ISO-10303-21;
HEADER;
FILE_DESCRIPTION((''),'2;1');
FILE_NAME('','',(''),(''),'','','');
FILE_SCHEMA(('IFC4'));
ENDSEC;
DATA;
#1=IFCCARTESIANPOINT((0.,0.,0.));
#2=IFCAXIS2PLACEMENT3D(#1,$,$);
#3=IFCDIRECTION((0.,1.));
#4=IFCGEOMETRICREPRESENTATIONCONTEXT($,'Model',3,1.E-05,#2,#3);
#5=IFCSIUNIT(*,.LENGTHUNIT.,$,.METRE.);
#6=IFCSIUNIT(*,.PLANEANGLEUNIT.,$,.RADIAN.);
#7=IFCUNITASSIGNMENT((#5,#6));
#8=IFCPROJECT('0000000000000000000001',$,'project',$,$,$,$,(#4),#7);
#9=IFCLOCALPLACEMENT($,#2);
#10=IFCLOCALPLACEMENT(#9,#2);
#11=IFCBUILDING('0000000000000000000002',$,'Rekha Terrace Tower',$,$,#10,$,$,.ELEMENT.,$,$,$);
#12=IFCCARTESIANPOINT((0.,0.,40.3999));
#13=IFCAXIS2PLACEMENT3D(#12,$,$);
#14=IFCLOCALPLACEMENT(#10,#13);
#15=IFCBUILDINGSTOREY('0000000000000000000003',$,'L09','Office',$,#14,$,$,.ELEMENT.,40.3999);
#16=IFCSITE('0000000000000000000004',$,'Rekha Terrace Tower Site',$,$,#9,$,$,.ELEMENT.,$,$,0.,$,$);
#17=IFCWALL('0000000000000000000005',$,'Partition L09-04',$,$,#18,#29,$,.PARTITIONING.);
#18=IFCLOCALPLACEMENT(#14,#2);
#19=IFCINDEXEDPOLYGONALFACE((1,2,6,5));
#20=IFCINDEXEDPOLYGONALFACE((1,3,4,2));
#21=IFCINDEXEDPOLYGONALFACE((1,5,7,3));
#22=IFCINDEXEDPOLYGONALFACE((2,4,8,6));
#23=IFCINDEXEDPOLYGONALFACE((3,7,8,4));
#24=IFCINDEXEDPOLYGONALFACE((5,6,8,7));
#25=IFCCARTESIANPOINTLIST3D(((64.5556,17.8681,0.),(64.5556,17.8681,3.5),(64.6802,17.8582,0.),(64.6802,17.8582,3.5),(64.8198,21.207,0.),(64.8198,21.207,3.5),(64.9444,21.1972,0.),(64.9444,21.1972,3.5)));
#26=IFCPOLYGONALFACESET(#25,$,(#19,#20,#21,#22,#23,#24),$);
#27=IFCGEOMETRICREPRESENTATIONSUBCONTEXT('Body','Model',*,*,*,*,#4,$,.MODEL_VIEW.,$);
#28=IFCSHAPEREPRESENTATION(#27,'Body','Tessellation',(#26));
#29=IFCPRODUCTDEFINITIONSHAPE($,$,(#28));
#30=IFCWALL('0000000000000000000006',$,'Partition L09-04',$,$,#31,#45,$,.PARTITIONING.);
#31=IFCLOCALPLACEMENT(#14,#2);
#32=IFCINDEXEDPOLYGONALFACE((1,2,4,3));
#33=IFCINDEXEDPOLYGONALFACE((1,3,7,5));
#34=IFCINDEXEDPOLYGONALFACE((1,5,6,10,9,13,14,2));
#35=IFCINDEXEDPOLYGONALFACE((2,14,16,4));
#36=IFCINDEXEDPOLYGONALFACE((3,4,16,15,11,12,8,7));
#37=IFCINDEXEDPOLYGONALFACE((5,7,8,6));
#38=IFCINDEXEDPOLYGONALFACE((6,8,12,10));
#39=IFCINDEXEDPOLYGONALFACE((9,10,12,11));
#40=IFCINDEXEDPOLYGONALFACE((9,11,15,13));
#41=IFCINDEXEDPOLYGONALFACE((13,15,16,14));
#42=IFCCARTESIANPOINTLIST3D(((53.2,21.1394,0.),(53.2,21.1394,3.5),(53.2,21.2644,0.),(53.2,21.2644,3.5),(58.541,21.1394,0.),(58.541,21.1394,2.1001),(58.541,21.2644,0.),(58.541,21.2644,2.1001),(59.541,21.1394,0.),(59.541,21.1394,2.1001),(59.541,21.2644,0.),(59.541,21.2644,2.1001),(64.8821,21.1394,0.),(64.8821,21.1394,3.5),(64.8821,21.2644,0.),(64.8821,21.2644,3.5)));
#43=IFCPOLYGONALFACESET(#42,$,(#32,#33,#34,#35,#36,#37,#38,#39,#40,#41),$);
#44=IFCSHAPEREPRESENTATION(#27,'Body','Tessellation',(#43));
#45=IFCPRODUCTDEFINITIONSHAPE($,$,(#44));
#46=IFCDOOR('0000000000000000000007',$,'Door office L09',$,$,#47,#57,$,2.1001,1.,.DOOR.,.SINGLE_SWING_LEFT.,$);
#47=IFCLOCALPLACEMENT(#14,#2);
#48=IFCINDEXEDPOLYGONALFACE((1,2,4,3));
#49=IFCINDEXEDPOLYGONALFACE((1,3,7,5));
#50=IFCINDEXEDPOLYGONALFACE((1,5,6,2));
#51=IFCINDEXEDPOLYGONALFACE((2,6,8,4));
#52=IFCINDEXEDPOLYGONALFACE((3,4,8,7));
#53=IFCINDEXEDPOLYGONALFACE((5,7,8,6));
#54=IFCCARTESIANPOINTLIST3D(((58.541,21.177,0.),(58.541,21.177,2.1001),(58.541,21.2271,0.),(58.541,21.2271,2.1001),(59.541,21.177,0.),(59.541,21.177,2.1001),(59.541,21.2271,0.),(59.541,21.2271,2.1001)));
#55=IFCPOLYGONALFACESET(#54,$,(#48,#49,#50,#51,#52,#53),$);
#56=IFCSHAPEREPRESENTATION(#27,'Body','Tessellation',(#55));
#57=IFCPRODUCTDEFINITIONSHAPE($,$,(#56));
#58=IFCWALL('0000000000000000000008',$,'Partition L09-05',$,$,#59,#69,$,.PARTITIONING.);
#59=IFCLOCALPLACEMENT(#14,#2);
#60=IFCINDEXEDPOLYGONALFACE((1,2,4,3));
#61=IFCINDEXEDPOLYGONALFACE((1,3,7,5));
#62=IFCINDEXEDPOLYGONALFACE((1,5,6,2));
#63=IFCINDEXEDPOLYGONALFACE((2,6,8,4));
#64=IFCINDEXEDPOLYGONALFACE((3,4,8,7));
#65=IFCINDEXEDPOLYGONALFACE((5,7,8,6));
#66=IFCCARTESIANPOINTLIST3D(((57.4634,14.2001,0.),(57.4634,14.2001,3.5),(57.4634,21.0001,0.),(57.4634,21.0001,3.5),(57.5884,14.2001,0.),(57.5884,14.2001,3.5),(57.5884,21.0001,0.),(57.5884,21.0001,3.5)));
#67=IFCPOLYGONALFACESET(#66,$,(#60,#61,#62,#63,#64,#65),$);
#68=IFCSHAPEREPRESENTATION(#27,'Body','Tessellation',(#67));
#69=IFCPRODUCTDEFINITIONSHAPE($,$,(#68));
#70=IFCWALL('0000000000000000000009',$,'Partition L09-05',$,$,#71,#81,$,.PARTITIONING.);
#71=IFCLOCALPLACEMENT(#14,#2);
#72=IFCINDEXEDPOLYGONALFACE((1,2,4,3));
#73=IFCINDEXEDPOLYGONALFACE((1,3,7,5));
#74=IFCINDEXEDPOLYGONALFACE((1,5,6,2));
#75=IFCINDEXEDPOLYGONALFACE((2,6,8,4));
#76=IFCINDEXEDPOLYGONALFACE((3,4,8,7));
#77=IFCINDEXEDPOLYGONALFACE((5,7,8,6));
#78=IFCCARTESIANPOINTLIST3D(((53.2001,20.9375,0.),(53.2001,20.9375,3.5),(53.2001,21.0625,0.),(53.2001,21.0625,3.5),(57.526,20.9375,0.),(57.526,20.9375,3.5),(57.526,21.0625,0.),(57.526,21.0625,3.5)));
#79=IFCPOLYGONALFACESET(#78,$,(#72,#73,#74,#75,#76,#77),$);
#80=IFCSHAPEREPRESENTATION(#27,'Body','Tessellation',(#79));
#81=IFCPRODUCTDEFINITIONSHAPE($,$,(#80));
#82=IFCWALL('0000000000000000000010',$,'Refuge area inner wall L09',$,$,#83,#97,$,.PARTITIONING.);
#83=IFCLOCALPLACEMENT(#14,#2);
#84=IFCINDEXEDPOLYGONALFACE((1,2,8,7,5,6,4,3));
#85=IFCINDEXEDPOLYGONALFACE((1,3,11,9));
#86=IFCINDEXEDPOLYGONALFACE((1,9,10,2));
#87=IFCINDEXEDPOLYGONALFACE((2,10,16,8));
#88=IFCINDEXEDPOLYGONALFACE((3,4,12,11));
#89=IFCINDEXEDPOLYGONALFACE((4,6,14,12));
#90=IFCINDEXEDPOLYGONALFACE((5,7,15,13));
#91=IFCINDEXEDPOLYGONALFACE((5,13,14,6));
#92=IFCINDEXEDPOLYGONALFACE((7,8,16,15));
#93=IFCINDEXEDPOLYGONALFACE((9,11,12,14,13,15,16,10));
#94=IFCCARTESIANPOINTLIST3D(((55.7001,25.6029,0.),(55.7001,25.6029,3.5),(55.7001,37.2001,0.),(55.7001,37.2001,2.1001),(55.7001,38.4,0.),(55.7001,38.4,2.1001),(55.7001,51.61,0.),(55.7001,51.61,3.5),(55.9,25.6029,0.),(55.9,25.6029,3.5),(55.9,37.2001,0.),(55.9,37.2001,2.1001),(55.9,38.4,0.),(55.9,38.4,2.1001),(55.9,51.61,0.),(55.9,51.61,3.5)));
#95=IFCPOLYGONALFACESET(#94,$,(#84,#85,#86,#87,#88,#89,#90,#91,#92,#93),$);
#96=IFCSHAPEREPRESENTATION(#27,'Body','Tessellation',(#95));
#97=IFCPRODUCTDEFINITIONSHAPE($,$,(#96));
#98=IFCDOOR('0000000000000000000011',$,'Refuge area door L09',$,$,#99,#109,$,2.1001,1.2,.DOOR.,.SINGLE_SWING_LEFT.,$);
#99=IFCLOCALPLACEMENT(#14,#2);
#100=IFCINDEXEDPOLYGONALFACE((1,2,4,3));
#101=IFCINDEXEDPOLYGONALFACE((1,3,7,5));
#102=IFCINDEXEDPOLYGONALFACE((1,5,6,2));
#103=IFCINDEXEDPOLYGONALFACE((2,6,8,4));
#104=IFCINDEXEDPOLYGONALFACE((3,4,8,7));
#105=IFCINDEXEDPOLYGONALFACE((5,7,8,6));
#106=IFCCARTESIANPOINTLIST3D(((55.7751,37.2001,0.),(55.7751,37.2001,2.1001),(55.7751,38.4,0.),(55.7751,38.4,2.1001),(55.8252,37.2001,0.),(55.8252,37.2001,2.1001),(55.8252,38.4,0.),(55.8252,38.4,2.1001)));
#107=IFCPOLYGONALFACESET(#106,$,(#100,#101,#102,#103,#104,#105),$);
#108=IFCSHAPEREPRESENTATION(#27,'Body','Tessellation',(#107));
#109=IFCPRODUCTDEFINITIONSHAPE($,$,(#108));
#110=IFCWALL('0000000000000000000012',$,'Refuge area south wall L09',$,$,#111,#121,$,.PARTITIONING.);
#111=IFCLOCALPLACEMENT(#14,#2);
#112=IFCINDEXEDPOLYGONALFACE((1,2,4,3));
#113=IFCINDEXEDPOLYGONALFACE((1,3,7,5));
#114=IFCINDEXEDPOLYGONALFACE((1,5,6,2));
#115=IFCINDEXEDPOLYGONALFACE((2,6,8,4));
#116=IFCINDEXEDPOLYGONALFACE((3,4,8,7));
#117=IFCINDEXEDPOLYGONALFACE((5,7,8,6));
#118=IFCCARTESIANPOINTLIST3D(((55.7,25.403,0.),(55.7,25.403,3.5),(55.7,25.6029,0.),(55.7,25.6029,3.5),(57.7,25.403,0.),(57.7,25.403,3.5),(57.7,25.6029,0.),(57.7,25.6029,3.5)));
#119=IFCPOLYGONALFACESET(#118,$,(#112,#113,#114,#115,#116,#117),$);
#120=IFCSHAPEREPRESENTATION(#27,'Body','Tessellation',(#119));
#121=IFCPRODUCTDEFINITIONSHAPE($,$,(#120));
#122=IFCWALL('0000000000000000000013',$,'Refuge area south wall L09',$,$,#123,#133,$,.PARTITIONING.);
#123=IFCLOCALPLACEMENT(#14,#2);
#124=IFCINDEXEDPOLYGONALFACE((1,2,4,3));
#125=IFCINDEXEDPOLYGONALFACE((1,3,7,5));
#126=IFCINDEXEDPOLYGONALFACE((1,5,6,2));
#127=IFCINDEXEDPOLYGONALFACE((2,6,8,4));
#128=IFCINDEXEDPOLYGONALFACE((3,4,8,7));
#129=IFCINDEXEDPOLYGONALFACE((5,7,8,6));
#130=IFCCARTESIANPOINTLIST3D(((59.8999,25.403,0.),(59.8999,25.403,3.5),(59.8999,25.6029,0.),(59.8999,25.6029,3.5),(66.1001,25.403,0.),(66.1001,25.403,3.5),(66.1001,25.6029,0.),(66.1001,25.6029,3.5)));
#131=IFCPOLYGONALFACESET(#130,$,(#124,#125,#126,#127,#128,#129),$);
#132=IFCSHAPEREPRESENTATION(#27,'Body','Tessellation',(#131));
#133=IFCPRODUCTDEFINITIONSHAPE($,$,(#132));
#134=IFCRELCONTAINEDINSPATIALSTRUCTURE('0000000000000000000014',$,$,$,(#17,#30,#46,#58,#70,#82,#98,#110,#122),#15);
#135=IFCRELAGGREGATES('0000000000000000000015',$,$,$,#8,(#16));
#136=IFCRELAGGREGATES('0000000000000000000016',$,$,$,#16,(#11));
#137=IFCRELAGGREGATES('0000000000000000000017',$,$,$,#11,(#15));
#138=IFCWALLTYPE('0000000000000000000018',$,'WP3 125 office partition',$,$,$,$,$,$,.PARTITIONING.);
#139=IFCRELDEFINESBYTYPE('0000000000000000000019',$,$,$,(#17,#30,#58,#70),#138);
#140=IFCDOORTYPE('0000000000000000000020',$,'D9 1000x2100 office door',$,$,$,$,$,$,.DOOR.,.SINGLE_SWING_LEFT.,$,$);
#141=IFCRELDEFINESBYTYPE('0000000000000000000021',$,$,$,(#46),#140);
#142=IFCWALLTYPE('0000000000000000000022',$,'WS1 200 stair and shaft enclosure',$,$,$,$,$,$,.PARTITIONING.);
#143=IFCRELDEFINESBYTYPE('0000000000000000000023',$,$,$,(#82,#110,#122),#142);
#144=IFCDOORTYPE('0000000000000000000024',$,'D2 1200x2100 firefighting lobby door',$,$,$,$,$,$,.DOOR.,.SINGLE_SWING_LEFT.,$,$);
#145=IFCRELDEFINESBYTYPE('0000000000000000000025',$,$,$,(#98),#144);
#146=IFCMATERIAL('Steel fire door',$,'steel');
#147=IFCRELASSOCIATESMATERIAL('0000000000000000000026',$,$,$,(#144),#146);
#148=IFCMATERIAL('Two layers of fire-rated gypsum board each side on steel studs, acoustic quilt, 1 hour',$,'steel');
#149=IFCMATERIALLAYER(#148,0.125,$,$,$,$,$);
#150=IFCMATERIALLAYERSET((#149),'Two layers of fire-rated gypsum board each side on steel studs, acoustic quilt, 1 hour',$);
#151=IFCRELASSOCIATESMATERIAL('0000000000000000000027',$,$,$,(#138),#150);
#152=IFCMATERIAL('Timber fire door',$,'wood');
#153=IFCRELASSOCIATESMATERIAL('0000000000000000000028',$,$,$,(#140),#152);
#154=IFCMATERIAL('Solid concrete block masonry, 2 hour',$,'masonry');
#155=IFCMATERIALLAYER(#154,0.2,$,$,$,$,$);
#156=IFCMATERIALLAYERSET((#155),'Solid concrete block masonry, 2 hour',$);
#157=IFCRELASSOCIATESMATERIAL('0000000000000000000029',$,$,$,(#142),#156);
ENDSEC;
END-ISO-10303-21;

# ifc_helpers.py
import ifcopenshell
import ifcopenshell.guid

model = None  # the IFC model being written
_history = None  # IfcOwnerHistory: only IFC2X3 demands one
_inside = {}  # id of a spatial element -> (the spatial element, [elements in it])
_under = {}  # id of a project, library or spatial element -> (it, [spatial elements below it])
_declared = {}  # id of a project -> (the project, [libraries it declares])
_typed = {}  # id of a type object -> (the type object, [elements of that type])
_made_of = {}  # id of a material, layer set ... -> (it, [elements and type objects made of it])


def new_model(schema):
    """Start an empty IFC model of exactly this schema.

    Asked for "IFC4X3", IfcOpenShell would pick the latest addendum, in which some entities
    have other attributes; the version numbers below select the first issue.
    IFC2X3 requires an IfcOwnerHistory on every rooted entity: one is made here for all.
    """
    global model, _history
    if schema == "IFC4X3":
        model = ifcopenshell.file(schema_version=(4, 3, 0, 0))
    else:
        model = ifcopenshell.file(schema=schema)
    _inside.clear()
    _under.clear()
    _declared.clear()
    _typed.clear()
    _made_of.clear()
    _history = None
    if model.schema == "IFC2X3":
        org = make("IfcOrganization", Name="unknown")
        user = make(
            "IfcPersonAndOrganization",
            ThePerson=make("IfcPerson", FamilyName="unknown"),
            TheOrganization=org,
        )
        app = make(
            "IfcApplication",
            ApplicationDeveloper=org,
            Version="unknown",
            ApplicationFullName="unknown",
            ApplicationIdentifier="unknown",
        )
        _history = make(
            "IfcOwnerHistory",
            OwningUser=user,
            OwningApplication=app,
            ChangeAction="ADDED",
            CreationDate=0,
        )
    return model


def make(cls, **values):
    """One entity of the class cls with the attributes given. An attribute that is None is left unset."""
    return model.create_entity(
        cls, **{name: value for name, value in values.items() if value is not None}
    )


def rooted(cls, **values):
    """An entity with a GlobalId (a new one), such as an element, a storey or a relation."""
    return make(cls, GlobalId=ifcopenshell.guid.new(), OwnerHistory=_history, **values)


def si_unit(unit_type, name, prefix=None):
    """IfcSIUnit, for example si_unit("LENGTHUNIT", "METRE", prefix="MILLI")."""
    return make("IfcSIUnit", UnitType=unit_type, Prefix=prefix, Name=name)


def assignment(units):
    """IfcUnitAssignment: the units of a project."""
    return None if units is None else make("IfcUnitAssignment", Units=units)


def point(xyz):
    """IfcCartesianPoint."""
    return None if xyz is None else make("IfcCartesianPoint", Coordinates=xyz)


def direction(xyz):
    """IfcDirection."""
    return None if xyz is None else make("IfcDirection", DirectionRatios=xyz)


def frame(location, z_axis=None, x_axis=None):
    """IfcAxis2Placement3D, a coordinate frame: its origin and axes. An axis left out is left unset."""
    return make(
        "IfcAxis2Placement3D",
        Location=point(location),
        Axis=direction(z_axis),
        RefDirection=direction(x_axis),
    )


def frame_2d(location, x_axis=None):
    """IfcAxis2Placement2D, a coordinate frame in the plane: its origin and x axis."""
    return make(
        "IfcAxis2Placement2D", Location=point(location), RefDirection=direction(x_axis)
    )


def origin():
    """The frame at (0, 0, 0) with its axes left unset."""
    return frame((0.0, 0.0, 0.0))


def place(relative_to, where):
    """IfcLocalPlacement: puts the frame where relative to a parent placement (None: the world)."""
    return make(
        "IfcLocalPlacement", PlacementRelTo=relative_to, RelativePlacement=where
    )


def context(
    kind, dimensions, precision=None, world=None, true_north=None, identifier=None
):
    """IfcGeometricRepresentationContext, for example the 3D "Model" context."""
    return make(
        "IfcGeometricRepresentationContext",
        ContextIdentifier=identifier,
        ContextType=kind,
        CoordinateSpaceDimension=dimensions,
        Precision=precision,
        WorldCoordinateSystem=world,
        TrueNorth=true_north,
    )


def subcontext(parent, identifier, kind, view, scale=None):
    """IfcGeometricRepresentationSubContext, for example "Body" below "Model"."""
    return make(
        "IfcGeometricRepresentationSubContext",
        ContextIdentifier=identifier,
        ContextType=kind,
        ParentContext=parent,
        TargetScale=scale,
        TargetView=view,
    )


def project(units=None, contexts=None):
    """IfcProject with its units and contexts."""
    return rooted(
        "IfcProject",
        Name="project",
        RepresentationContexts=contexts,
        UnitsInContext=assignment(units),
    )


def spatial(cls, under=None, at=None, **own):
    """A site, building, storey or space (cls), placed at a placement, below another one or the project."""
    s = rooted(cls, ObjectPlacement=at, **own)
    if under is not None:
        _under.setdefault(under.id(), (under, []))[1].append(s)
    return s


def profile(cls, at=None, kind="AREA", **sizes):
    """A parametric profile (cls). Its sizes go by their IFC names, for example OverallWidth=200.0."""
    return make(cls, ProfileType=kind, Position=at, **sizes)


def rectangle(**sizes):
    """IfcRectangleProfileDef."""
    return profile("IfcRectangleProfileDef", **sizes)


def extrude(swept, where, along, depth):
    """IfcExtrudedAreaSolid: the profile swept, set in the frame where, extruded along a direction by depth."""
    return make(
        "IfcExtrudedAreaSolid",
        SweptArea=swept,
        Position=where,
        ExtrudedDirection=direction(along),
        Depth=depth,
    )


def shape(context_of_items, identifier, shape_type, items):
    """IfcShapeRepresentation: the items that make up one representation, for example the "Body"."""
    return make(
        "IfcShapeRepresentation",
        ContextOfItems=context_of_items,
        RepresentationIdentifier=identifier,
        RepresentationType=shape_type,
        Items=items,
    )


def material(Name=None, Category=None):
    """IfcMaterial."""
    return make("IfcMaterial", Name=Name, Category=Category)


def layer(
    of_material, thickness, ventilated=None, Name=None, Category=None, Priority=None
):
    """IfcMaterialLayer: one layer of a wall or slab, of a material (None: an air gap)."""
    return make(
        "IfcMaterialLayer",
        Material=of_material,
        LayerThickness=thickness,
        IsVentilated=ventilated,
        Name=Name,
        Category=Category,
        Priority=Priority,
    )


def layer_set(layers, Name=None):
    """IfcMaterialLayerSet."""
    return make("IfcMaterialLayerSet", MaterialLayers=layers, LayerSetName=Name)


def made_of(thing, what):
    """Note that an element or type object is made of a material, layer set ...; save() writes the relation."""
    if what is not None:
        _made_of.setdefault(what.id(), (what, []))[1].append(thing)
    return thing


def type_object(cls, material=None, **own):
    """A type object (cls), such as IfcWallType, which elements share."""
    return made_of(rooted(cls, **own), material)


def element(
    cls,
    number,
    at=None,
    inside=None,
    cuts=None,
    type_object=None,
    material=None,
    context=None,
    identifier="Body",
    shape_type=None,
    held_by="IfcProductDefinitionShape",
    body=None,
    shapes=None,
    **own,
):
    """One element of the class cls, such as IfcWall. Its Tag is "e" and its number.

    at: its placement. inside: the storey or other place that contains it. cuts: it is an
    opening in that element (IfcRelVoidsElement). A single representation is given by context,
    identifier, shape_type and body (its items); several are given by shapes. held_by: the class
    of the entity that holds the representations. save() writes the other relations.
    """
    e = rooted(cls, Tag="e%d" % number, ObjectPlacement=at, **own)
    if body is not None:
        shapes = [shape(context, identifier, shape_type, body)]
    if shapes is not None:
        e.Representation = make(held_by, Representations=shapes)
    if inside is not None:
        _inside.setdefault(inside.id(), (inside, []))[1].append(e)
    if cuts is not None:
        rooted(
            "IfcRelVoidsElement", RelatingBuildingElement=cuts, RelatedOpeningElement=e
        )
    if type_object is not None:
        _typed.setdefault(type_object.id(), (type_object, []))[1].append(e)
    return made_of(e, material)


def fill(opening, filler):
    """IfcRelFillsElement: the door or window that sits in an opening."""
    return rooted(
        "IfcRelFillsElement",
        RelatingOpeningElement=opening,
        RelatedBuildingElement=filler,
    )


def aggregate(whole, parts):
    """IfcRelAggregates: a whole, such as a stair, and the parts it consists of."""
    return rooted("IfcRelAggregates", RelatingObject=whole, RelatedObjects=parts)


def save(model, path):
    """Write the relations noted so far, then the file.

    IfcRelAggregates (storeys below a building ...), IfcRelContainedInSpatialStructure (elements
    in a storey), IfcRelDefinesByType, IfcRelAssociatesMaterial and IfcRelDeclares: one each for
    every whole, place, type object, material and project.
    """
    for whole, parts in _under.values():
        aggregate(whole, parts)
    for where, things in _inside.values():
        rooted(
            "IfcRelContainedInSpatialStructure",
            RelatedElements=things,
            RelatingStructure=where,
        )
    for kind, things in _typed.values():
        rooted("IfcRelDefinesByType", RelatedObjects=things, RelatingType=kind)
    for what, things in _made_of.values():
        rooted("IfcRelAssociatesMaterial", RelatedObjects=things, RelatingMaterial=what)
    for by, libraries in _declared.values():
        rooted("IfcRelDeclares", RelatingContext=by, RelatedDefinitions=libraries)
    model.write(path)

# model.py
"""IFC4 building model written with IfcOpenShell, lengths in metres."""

from ifc_helpers import new_model, si_unit, direction, frame, frame_2d, origin, place, context, subcontext, project, spatial, rectangle, extrude, material, layer, layer_set, type_object, element, fill, save


model = new_model("IFC4")

# Units and contexts
model_context = context("Model", 3, precision=1e-05, world=origin(), true_north=direction((0.0, 1.0)))
body_context = subcontext(model_context, "Body", "Model", "MODEL_VIEW")
ifc_project = project(units=[si_unit("LENGTHUNIT", "METRE"), si_unit("PLANEANGLEUNIT", "RADIAN")], contexts=[model_context])

# Site, building, storey
site_placement = place(None, origin())
site = spatial("IfcSite", under=ifc_project, at=site_placement, Name="Rekha Terrace Tower Site", CompositionType="ELEMENT", RefElevation=0.0)
building_placement = place(site_placement, origin())
building = spatial("IfcBuilding", under=site, at=building_placement, Name="Rekha Terrace Tower", CompositionType="ELEMENT")
storey_placement = place(building_placement, frame((0.0, 0.0, 40.3999)))
storey = spatial("IfcBuildingStorey", under=building, at=storey_placement, Name="L09", Description="Office", CompositionType="ELEMENT", Elevation=40.3999)

# Shared definitions
ifc_material_1 = material(Name="Steel fire door", Category="steel")
door_type_1 = type_object("IfcDoorType", Name="D2 1200x2100 firefighting lobby door", OperationType="SINGLE_SWING_LEFT", PredefinedType="DOOR", material=ifc_material_1)

# Wall
ifc_material_2 = material(Name="Two layers of fire-rated gypsum board each side on steel studs, acoustic quilt, 1 hour", Category="steel")
ifc_layer_1 = layer(ifc_material_2, 0.125)
ifc_layer_set_1 = layer_set([ifc_layer_1], Name="Two layers of fire-rated gypsum board each side on steel studs, acoustic quilt, 1 hour")
wall_type_1 = type_object("IfcWallType", Name="WP3 125 office partition", PredefinedType="PARTITIONING", material=ifc_layer_set_1)
wall_1_placement = place(storey_placement, frame((64.6179, 17.863, 0.0), z_axis=(0.0, 0.0, 1.0), x_axis=(0.07887, 0.996885, 0.0)))
element("IfcWall", 1, at=wall_1_placement, inside=storey, type_object=wall_type_1, Name="Partition L09-04", PredefinedType="PARTITIONING", context=body_context, shape_type="SweptSolid", body=[
    extrude(rectangle(XDim=3.3494, YDim=0.125, at=frame_2d((1.6748, 0.0))), origin(), (0.0, 0.0, 1.0), 3.5),
])

# Wall, opening, door
wall_2_placement = place(storey_placement, frame((64.8821, 21.2019, 0.0), z_axis=(0.0, 0.0, 1.0), x_axis=(-1.0, 0.0, 0.0)))
wall_2 = element("IfcWall", 2, at=wall_2_placement, inside=storey, type_object=wall_type_1, Name="Partition L09-04", PredefinedType="PARTITIONING", context=body_context, shape_type="SweptSolid", body=[
    extrude(rectangle(XDim=11.6821, YDim=0.125, at=frame_2d((5.8411, 0.0))), origin(), (0.0, 0.0, 1.0), 3.5),
])
opening_1_placement = place(wall_2_placement, frame((5.3411, 0.0, 0.0)))
opening_1 = element("IfcOpeningElement", 3, at=opening_1_placement, cuts=wall_2, PredefinedType="OPENING", context=body_context, shape_type="SweptSolid", body=[
    extrude(rectangle(XDim=1.0, YDim=2.1001, at=frame_2d((0.5, 1.05))), frame((0.0, 0.0725, 0.0), z_axis=(0.0, -1.0, 0.0), x_axis=(1.0, 0.0, 0.0)), (0.0, 0.0, 1.0), 0.145),
])
ifc_material_3 = material(Name="Timber fire door", Category="wood")
door_type_2 = type_object("IfcDoorType", Name="D9 1000x2100 office door", OperationType="SINGLE_SWING_LEFT", PredefinedType="DOOR", material=ifc_material_3)
door_1_placement = place(opening_1_placement, origin())
door_1 = element("IfcDoor", 4, at=door_1_placement, inside=storey, type_object=door_type_2, Name="Door office L09", OperationType="SINGLE_SWING_LEFT", OverallHeight=2.1001, OverallWidth=1.0, PredefinedType="DOOR", context=body_context, shape_type="SweptSolid", body=[
    extrude(rectangle(XDim=1.0, YDim=2.1001, at=frame_2d((0.5, 1.05))), frame((0.0, 0.0249, 0.0), z_axis=(0.0, -1.0, 0.0), x_axis=(1.0, 0.0, 0.0)), (0.0, 0.0, 1.0), 0.05),
])
fill(opening_1, door_1)

# Walls
wall_3_placement = place(storey_placement, frame((57.5259, 21.0, 0.0), z_axis=(0.0, 0.0, 1.0), x_axis=(0.0, -1.0, 0.0)))
element("IfcWall", 5, at=wall_3_placement, inside=storey, type_object=wall_type_1, Name="Partition L09-05", PredefinedType="PARTITIONING", context=body_context, shape_type="SweptSolid", body=[
    extrude(rectangle(XDim=6.8, YDim=0.125, at=frame_2d((3.3999, 0.0))), origin(), (0.0, 0.0, 1.0), 3.5),
])
wall_4_placement = place(storey_placement, frame((53.2, 21.0, 0.0), z_axis=(0.0, 0.0, 1.0), x_axis=(1.0, 0.0, 0.0)))
element("IfcWall", 6, at=wall_4_placement, inside=storey, type_object=wall_type_1, Name="Partition L09-05", PredefinedType="PARTITIONING", context=body_context, shape_type="SweptSolid", body=[
    extrude(rectangle(XDim=4.3259, YDim=0.125, at=frame_2d((2.1631, 0.0))), origin(), (0.0, 0.0, 1.0), 3.5),
])

# Wall, opening, door
ifc_material_4 = material(Name="Solid concrete block masonry, 2 hour", Category="masonry")
ifc_layer_2 = layer(ifc_material_4, 0.2)
ifc_layer_set_2 = layer_set([ifc_layer_2], Name="Solid concrete block masonry, 2 hour")
wall_type_2 = type_object("IfcWallType", Name="WS1 200 stair and shaft enclosure", PredefinedType="PARTITIONING", material=ifc_layer_set_2)
wall_5_placement = place(storey_placement, frame((55.8, 25.603, 0.0), z_axis=(0.0, 0.0, 1.0), x_axis=(0.0, 1.0, 0.0)))
wall_5 = element("IfcWall", 7, at=wall_5_placement, inside=storey, type_object=wall_type_2, Name="Refuge area inner wall L09", PredefinedType="PARTITIONING", context=body_context, shape_type="SweptSolid", body=[
    extrude(rectangle(XDim=26.0071, YDim=0.2, at=frame_2d((13.0034, 0.0))), origin(), (0.0, 0.0, 1.0), 3.5),
])
opening_2_placement = place(wall_5_placement, frame((11.5969, 0.0, 0.0)))
opening_2 = element("IfcOpeningElement", 8, at=opening_2_placement, cuts=wall_5, PredefinedType="OPENING", context=body_context, shape_type="SweptSolid", body=[
    extrude(rectangle(XDim=1.2, YDim=2.1001, at=frame_2d((0.6001, 1.05))), frame((0.0, 0.1099, 0.0), z_axis=(0.0, -1.0, 0.0), x_axis=(1.0, 0.0, 0.0)), (0.0, 0.0, 1.0), 0.22),
])
door_2_placement = place(opening_2_placement, origin())
door_2 = element("IfcDoor", 9, at=door_2_placement, inside=storey, type_object=door_type_1, Name="Refuge area door L09", OperationType="SINGLE_SWING_LEFT", OverallHeight=2.1001, OverallWidth=1.2, PredefinedType="DOOR", context=body_context, shape_type="SweptSolid", body=[
    extrude(rectangle(XDim=1.2, YDim=2.1001, at=frame_2d((0.6001, 1.05))), frame((0.0, 0.0249, 0.0), z_axis=(0.0, -1.0, 0.0), x_axis=(1.0, 0.0, 0.0)), (0.0, 0.0, 1.0), 0.05),
])
fill(opening_2, door_2)

# Walls
wall_6_placement = place(storey_placement, frame((55.7, 25.5029, 0.0), z_axis=(0.0, 0.0, 1.0), x_axis=(1.0, 0.0, 0.0)))
element("IfcWall", 10, at=wall_6_placement, inside=storey, type_object=wall_type_2, Name="Refuge area south wall L09", PredefinedType="PARTITIONING", context=body_context, shape_type="SweptSolid", body=[
    extrude(rectangle(XDim=2.0, YDim=0.2, at=frame_2d((1.0, 0.0))), origin(), (0.0, 0.0, 1.0), 3.5),
])
wall_7_placement = place(storey_placement, frame((59.8999, 25.5029, 0.0), z_axis=(0.0, 0.0, 1.0), x_axis=(1.0, 0.0, 0.0)))
element("IfcWall", 11, at=wall_7_placement, inside=storey, type_object=wall_type_2, Name="Refuge area south wall L09", PredefinedType="PARTITIONING", context=body_context, shape_type="SweptSolid", body=[
    extrude(rectangle(XDim=6.2002, YDim=0.2, at=frame_2d((3.1001, 0.0))), origin(), (0.0, 0.0, 1.0), 3.5),
])

save(model, "model.ifc")
